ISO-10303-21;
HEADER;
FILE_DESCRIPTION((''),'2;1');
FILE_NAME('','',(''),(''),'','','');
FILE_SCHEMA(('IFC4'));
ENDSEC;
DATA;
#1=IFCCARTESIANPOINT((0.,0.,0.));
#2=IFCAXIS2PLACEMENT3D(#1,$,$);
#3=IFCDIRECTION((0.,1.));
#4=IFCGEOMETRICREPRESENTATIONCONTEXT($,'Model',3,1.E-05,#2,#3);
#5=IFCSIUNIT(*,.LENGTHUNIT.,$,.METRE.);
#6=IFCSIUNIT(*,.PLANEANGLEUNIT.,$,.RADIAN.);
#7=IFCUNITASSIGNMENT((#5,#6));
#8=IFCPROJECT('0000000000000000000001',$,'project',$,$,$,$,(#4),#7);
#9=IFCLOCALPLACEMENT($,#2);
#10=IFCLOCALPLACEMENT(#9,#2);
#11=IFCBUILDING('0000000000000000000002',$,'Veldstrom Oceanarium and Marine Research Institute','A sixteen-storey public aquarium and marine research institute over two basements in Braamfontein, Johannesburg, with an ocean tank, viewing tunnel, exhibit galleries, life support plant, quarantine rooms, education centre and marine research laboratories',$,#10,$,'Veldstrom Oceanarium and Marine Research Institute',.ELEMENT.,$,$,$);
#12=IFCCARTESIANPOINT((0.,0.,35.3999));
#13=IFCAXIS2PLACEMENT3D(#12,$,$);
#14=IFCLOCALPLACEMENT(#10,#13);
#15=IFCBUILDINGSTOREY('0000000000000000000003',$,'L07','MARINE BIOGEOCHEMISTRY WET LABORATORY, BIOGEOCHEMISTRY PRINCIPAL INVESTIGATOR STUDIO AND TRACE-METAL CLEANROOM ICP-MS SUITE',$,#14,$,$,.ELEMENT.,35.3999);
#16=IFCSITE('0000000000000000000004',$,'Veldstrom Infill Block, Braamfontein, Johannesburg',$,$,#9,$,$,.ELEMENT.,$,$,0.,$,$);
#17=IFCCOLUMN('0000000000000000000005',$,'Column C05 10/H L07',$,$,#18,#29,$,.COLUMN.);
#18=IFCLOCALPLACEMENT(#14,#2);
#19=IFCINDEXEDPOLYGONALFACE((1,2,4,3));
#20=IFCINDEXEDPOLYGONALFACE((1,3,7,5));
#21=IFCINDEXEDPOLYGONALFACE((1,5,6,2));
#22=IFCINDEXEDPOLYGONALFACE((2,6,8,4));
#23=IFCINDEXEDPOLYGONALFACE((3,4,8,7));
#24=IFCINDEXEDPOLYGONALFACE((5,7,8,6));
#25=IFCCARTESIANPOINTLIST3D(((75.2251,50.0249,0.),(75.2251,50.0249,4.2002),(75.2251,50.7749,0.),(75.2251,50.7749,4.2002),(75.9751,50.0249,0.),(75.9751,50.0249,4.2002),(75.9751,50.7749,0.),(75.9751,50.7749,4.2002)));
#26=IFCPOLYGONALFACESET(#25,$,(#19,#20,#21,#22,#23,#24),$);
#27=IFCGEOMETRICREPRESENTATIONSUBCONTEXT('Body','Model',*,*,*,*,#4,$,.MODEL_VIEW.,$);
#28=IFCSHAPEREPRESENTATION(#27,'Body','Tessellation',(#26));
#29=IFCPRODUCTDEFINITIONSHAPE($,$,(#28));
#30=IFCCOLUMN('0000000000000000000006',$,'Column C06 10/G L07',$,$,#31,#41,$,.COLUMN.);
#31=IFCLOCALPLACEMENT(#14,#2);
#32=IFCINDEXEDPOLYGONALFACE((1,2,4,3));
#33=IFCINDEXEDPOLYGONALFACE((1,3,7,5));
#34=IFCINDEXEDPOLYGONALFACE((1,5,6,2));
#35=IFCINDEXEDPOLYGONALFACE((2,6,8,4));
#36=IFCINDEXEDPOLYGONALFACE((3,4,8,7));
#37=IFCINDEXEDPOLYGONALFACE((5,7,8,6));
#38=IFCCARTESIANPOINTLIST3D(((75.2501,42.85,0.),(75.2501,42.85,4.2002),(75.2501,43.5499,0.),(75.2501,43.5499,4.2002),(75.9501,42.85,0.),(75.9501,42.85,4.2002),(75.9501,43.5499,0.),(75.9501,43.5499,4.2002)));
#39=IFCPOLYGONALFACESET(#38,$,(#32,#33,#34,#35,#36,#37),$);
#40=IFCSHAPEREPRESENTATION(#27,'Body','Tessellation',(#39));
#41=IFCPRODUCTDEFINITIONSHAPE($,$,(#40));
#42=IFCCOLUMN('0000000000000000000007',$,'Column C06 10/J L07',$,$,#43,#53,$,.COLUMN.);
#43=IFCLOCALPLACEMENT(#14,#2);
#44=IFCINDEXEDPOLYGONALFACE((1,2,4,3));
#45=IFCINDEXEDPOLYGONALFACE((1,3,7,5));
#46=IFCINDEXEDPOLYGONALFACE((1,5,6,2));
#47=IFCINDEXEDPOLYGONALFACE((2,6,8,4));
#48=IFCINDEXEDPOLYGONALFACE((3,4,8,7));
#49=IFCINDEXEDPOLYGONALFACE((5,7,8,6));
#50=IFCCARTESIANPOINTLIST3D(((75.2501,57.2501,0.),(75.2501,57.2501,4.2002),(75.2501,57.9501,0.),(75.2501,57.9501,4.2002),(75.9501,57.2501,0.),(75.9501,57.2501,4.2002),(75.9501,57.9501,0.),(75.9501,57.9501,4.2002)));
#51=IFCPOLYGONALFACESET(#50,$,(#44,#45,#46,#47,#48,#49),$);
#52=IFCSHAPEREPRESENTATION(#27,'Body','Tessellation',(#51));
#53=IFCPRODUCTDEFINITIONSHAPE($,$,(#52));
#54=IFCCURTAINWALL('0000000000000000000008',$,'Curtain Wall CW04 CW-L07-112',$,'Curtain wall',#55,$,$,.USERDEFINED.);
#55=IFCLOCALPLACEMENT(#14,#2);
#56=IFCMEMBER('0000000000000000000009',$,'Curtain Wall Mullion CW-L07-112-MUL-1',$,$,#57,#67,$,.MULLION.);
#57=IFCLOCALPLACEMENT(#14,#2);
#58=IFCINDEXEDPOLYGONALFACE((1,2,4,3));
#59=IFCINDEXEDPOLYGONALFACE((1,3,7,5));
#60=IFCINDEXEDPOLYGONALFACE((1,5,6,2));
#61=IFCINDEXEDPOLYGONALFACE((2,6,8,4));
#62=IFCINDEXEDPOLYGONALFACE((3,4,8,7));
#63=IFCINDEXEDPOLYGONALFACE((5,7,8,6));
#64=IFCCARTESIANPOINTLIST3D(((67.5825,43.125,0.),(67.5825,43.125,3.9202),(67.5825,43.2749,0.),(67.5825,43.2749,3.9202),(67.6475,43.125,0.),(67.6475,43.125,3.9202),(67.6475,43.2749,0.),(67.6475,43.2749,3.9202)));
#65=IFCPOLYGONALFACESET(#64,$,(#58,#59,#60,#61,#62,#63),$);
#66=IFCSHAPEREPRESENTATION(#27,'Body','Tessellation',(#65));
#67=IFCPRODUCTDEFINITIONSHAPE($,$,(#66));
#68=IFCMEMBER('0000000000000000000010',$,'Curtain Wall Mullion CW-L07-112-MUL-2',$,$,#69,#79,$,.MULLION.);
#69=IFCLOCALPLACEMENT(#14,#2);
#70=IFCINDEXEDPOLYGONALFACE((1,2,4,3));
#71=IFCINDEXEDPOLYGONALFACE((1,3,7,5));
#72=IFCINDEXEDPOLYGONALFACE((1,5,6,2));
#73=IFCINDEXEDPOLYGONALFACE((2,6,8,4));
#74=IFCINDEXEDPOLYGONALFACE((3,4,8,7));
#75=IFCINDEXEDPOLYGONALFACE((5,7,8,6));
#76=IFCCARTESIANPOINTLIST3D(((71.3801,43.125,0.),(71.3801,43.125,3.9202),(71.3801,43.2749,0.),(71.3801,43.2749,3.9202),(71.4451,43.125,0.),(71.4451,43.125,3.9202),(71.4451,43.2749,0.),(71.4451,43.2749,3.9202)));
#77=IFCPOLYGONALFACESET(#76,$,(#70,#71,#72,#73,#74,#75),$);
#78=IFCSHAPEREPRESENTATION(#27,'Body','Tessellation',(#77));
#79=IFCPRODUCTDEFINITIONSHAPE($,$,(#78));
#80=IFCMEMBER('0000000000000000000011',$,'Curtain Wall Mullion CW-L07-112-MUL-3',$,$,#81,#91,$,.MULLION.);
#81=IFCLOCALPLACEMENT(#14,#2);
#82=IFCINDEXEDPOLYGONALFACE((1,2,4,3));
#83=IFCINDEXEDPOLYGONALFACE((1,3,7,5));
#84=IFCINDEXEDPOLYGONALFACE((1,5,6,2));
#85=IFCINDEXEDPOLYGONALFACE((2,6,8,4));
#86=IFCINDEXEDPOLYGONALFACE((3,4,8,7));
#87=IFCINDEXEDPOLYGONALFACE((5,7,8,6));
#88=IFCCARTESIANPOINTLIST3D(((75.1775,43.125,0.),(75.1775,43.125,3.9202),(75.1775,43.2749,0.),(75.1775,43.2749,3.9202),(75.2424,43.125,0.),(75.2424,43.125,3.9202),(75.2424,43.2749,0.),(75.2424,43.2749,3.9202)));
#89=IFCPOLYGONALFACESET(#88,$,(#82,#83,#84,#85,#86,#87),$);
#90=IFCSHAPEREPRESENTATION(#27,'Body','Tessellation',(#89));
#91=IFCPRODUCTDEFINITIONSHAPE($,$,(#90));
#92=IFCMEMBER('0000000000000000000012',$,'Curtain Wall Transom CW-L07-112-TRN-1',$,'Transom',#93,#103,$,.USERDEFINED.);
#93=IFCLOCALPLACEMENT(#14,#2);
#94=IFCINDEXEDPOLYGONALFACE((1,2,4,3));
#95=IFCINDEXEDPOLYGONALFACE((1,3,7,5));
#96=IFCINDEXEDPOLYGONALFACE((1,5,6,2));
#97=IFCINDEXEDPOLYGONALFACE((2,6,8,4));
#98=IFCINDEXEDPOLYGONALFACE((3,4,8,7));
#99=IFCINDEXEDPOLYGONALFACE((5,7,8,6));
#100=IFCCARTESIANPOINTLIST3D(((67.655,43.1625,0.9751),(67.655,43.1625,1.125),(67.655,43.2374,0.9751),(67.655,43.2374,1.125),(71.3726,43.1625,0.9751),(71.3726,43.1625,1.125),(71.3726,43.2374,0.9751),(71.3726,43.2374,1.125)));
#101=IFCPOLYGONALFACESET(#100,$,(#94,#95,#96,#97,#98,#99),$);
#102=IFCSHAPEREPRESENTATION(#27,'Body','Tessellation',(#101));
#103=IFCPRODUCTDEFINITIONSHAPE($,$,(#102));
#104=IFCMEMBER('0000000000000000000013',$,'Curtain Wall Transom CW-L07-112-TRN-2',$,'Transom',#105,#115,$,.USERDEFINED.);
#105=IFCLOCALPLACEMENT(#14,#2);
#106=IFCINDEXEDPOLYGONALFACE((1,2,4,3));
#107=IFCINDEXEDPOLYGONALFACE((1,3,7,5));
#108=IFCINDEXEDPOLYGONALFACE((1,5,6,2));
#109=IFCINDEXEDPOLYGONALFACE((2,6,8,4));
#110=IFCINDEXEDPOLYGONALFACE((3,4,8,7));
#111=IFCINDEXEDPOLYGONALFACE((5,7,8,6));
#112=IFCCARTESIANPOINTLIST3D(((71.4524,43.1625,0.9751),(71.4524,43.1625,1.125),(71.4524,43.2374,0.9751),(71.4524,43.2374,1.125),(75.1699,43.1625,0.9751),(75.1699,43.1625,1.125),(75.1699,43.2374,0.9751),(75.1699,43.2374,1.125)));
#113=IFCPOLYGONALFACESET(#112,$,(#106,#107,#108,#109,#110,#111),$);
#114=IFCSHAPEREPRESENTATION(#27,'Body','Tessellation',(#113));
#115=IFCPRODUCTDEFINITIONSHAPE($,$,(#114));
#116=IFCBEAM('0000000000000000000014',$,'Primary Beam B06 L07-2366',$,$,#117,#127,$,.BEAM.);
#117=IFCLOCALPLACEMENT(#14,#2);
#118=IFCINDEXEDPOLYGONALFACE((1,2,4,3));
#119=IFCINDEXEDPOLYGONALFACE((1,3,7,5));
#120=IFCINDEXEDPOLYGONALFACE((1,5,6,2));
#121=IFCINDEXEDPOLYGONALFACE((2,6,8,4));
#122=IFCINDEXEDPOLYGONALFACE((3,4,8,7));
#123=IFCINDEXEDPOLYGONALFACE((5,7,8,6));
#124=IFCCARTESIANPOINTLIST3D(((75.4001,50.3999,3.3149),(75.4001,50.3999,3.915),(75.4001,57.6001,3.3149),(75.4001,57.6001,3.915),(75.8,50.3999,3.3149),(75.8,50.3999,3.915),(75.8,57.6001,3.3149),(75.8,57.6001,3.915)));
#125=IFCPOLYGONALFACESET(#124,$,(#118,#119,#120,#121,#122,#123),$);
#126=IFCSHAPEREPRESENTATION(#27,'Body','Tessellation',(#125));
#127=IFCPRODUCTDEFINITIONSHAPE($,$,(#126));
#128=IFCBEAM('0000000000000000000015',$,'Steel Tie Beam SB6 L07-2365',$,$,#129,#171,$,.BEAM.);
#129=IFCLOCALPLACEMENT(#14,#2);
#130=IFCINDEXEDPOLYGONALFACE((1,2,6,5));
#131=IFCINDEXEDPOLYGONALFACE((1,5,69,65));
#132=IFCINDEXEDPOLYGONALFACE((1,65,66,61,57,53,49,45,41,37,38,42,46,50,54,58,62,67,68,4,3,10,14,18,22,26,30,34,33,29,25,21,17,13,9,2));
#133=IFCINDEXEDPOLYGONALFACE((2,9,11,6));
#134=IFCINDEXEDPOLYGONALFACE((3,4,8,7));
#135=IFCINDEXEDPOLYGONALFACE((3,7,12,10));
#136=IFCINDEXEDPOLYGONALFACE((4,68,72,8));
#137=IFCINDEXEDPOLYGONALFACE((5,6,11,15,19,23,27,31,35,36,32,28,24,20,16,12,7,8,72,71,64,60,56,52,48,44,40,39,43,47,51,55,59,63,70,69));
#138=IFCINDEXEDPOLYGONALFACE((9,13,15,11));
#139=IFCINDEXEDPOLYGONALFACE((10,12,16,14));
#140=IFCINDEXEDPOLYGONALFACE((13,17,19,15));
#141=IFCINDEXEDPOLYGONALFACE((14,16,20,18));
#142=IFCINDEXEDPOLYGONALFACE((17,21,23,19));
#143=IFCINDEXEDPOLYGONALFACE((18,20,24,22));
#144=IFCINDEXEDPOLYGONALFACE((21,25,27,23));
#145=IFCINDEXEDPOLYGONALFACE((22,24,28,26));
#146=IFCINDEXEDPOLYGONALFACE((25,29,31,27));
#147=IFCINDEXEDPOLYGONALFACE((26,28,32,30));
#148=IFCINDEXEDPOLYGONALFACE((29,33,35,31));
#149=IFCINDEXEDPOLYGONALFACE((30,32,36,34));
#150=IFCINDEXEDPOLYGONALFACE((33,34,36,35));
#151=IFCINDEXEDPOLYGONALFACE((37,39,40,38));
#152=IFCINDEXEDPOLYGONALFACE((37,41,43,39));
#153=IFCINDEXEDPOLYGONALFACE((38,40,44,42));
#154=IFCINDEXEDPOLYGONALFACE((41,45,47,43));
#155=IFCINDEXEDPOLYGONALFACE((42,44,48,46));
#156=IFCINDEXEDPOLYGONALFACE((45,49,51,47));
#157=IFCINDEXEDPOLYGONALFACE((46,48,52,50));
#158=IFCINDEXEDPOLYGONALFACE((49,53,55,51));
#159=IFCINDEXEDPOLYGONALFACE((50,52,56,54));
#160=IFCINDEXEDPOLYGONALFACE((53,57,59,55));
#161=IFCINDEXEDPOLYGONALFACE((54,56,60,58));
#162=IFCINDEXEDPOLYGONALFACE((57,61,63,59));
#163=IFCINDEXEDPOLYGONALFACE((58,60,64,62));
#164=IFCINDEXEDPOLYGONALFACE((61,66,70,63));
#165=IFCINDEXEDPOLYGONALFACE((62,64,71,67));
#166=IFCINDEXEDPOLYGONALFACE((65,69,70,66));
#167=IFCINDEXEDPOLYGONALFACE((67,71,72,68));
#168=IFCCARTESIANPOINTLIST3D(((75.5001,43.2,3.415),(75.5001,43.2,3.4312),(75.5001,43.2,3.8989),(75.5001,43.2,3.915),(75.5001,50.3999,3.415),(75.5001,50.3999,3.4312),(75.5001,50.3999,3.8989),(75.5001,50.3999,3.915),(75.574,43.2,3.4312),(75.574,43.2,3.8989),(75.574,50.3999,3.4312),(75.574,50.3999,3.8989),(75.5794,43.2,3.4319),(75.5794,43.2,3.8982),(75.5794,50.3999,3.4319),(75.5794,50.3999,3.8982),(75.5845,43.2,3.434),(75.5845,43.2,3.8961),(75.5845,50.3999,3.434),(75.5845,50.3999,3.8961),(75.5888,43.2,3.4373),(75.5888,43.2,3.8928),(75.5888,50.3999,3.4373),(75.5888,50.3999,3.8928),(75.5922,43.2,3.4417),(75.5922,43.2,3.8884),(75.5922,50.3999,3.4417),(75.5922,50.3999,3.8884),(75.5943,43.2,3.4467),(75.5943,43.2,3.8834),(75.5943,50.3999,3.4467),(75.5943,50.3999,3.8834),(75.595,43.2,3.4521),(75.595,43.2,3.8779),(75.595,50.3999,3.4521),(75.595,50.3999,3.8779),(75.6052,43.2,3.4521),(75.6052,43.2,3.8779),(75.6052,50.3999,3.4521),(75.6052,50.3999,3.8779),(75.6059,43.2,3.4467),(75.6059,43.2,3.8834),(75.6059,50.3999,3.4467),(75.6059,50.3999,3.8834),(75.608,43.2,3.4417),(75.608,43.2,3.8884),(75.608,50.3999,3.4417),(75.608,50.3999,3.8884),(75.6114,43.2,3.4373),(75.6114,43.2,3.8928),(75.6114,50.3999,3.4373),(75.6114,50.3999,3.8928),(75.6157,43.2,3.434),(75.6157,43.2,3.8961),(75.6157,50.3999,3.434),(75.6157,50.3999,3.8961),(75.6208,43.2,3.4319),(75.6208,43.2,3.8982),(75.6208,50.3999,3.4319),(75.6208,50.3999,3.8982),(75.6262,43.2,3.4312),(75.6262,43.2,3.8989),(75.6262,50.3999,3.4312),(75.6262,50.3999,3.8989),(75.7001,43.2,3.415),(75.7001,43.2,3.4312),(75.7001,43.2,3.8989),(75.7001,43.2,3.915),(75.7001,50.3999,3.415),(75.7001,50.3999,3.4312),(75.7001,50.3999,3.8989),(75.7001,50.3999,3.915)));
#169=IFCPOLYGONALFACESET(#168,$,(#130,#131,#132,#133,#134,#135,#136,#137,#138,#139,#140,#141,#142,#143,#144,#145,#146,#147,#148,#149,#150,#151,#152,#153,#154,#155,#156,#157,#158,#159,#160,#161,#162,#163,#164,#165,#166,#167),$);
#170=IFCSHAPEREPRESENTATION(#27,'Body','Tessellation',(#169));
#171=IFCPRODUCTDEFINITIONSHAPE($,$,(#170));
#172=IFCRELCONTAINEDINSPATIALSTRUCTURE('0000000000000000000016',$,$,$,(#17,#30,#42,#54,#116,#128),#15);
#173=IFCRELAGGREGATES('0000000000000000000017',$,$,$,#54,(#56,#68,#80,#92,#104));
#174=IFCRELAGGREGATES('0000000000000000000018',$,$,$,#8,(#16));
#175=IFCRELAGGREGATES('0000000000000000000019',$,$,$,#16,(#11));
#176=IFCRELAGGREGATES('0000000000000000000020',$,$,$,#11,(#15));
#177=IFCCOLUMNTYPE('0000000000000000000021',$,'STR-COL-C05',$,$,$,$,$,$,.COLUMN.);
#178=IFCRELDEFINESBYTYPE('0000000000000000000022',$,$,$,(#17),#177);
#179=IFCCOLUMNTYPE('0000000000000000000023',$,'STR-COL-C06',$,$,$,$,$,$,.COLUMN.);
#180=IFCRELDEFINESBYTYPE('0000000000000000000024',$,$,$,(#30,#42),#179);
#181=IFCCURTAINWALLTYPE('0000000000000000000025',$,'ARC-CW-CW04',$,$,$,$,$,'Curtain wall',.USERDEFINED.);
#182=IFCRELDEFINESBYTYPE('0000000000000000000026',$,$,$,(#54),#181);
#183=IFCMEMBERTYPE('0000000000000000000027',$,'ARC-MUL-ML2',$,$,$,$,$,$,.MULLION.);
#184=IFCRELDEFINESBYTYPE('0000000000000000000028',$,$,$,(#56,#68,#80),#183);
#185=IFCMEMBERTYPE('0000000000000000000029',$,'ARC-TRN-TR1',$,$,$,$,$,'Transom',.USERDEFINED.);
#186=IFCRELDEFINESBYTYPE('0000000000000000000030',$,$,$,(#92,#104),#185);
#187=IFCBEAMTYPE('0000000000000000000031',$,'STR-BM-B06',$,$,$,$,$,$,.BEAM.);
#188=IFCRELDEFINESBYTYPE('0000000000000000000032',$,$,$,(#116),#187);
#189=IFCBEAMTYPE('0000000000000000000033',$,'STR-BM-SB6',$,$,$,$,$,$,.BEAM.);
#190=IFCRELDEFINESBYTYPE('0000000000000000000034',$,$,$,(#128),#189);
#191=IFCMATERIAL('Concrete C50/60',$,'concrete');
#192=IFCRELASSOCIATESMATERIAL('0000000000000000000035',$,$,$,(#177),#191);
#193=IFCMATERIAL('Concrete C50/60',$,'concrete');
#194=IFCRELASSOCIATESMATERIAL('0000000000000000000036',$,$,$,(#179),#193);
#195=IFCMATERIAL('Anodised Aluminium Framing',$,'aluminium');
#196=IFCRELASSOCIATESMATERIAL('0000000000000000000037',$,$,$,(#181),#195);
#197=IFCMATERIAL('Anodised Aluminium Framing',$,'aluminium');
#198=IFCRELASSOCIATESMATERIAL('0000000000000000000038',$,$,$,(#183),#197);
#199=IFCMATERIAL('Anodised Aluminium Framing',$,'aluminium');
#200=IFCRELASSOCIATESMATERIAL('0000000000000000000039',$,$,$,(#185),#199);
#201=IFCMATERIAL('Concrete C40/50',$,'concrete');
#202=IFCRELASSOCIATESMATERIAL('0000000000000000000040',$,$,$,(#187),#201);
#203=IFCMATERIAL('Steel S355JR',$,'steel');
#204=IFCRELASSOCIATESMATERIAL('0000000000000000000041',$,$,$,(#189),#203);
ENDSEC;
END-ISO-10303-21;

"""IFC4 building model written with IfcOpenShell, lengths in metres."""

from ifc_helpers import new_model, si_unit, direction, frame, origin, origin_2d, place, context, subcontext, project, spatial, rectangle, i_section, extrude, material, material_profile, profile_set, type_object, element, aggregate, save


model = new_model("IFC4")

# Units and contexts
model_context = context("Model", 3, precision=1e-05, world=origin(), true_north=direction((0.0, 1.0)))
body_context = subcontext(model_context, "Body", "Model", "MODEL_VIEW")
ifc_project = project(units=[si_unit("LENGTHUNIT", "METRE"), si_unit("PLANEANGLEUNIT", "RADIAN")], contexts=[model_context])

# Site, building, storey
site_placement = place(None, origin())
site = spatial("IfcSite", under=ifc_project, at=site_placement, Name="Veldstrom Infill Block, Braamfontein, Johannesburg", CompositionType="ELEMENT", RefElevation=0.0)
building_placement = place(site_placement, origin())
building = spatial("IfcBuilding", under=site, at=building_placement, Name="Veldstrom Oceanarium and Marine Research Institute", Description="A sixteen-storey public aquarium and marine research institute over two basements in Braamfontein, Johannesburg, with an ocean tank, viewing tunnel, exhibit galleries, life support plant, quarantine rooms, education centre and marine research laboratories", LongName="Veldstrom Oceanarium and Marine Research Institute", CompositionType="ELEMENT")
storey_placement = place(building_placement, frame((0.0, 0.0, 35.3999)))
storey = spatial("IfcBuildingStorey", under=building, at=storey_placement, Name="L07", Description="MARINE BIOGEOCHEMISTRY WET LABORATORY, BIOGEOCHEMISTRY PRINCIPAL INVESTIGATOR STUDIO AND TRACE-METAL CLEANROOM ICP-MS SUITE", CompositionType="ELEMENT", Elevation=35.3999)

# Columns
ifc_material_1 = material(Name="Concrete C50/60", Category="concrete")
ifc_material_profile_1 = material_profile(ifc_material_1, rectangle(XDim=0.75, YDim=0.75, at=origin_2d()), Name="RC-COL-750x750")
ifc_profile_set_1 = profile_set([ifc_material_profile_1], Name="Concrete C50/60")
column_type_1 = type_object("IfcColumnType", Name="STR-COL-C05", PredefinedType="COLUMN", material=ifc_profile_set_1)
column_placement = place(storey_placement, frame((75.6001, 50.3999, 0.0), z_axis=(0.0, 0.0, 1.0), x_axis=(1.0, 0.0, 0.0)))
element("IfcColumn", 1, at=column_placement, inside=storey, type_object=column_type_1, Name="Column C05 10/H L07", PredefinedType="COLUMN", context=body_context, shape_type="SweptSolid", body=[
    extrude(rectangle(XDim=0.75, YDim=0.75, at=origin_2d()), origin(), (0.0, 0.0, 1.0), 4.2002),
])
ifc_material_2 = material(Name="Concrete C50/60", Category="concrete")
ifc_material_profile_2 = material_profile(ifc_material_2, rectangle(XDim=0.7, YDim=0.7, at=origin_2d()), Name="RC-COL-700x700")
ifc_profile_set_2 = profile_set([ifc_material_profile_2], Name="Concrete C50/60")
column_type_2 = type_object("IfcColumnType", Name="STR-COL-C06", PredefinedType="COLUMN", material=ifc_profile_set_2)
for number, where, z_axis, x_axis, name in (
    (2, (75.6001, 43.2, 0.0), (0.0, 0.0, 1.0), (1.0, 0.0, 0.0), "Column C06 10/G L07"),
    (3, (75.6001, 57.6001, 0.0), (0.0, 0.0, 1.0), (1.0, 0.0, 0.0), "Column C06 10/J L07"),
):
    element("IfcColumn", number, at=place(storey_placement, frame(where, z_axis=z_axis, x_axis=x_axis)), inside=storey, type_object=column_type_2, Name=name, PredefinedType="COLUMN", context=body_context, shape_type="SweptSolid", body=[
        extrude(rectangle(XDim=0.7, YDim=0.7, at=origin_2d()), origin(), (0.0, 0.0, 1.0), 4.2002),
    ])

# Curtain wall, members
ifc_material_3 = material(Name="Anodised Aluminium Framing", Category="aluminium")
curtain_wall_type = type_object("IfcCurtainWallType", Name="ARC-CW-CW04", ElementType="Curtain wall", PredefinedType="USERDEFINED", material=ifc_material_3)
curtain_wall_placement = place(storey_placement, origin())
curtain_wall = element("IfcCurtainWall", 4, at=curtain_wall_placement, inside=storey, type_object=curtain_wall_type, Name="Curtain Wall CW04 CW-L07-112", ObjectType="Curtain wall", PredefinedType="USERDEFINED")
ifc_material_4 = material(Name="Anodised Aluminium Framing", Category="aluminium")
ifc_material_profile_3 = material_profile(ifc_material_4, rectangle(XDim=0.0649, YDim=0.1499, at=origin_2d()), Name="ALU-MUL-65x150")
ifc_profile_set_3 = profile_set([ifc_material_profile_3], Name="Anodised Aluminium Framing")
member_type_1 = type_object("IfcMemberType", Name="ARC-MUL-ML2", PredefinedType="MULLION", material=ifc_profile_set_3)
member_1_placement = place(storey_placement, frame((67.615, 43.2, 0.0), z_axis=(0.0, 0.0, 1.0), x_axis=(1.0, 0.0, 0.0)))
member_1 = element("IfcMember", 5, at=member_1_placement, type_object=member_type_1, Name="Curtain Wall Mullion CW-L07-112-MUL-1", PredefinedType="MULLION", context=body_context, shape_type="SweptSolid", body=[
    extrude(rectangle(XDim=0.0649, YDim=0.1499, at=origin_2d()), origin(), (0.0, 0.0, 1.0), 3.9202),
])
member_2_placement = place(storey_placement, frame((71.4126, 43.2, 0.0), z_axis=(0.0, 0.0, 1.0), x_axis=(1.0, 0.0, 0.0)))
member_2 = element("IfcMember", 6, at=member_2_placement, type_object=member_type_1, Name="Curtain Wall Mullion CW-L07-112-MUL-2", PredefinedType="MULLION", context=body_context, shape_type="SweptSolid", body=[
    extrude(rectangle(XDim=0.0649, YDim=0.1499, at=origin_2d()), origin(), (0.0, 0.0, 1.0), 3.9202),
])
member_3_placement = place(storey_placement, frame((75.21, 43.2, 0.0), z_axis=(0.0, 0.0, 1.0), x_axis=(1.0, 0.0, 0.0)))
member_3 = element("IfcMember", 7, at=member_3_placement, type_object=member_type_1, Name="Curtain Wall Mullion CW-L07-112-MUL-3", PredefinedType="MULLION", context=body_context, shape_type="SweptSolid", body=[
    extrude(rectangle(XDim=0.0649, YDim=0.1499, at=origin_2d()), origin(), (0.0, 0.0, 1.0), 3.9202),
])
ifc_material_5 = material(Name="Anodised Aluminium Framing", Category="aluminium")
ifc_material_profile_4 = material_profile(ifc_material_5, rectangle(XDim=0.075, YDim=0.1499, at=origin_2d()), Name="ALU-TRN-75x150")
ifc_profile_set_4 = profile_set([ifc_material_profile_4], Name="Anodised Aluminium Framing")
member_type_2 = type_object("IfcMemberType", Name="ARC-TRN-TR1", ElementType="Transom", PredefinedType="USERDEFINED", material=ifc_profile_set_4)
member_4_placement = place(storey_placement, frame((67.655, 43.2, 1.05), z_axis=(1.0, 0.0, 0.0), x_axis=(0.0, 1.0, 0.0)))
member_4 = element("IfcMember", 8, at=member_4_placement, type_object=member_type_2, Name="Curtain Wall Transom CW-L07-112-TRN-1", ObjectType="Transom", PredefinedType="USERDEFINED", context=body_context, shape_type="SweptSolid", body=[
    extrude(rectangle(XDim=0.075, YDim=0.1499, at=origin_2d()), origin(), (0.0, 0.0, 1.0), 3.7175),
])
member_5_placement = place(storey_placement, frame((71.4524, 43.2, 1.05), z_axis=(1.0, 0.0, 0.0), x_axis=(0.0, 1.0, 0.0)))
member_5 = element("IfcMember", 9, at=member_5_placement, type_object=member_type_2, Name="Curtain Wall Transom CW-L07-112-TRN-2", ObjectType="Transom", PredefinedType="USERDEFINED", context=body_context, shape_type="SweptSolid", body=[
    extrude(rectangle(XDim=0.075, YDim=0.1499, at=origin_2d()), origin(), (0.0, 0.0, 1.0), 3.7175),
])

# Beams
ifc_material_6 = material(Name="Concrete C40/50", Category="concrete")
ifc_material_profile_5 = material_profile(ifc_material_6, rectangle(XDim=0.3999, YDim=0.6001, at=origin_2d()), Name="RC-BM-400x600")
ifc_profile_set_5 = profile_set([ifc_material_profile_5], Name="Concrete C40/50")
beam_type_1 = type_object("IfcBeamType", Name="STR-BM-B06", PredefinedType="BEAM", material=ifc_profile_set_5)
beam_1_placement = place(storey_placement, frame((75.6001, 50.3999, 3.615), z_axis=(0.0, 1.0, 0.0), x_axis=(-1.0, 0.0, 0.0)))
element("IfcBeam", 10, at=beam_1_placement, inside=storey, type_object=beam_type_1, Name="Primary Beam B06 L07-2366", PredefinedType="BEAM", context=body_context, shape_type="SweptSolid", body=[
    extrude(rectangle(XDim=0.3999, YDim=0.6001, at=origin_2d()), origin(), (0.0, 0.0, 1.0), 7.2002),
])
ifc_material_7 = material(Name="Steel S355JR", Category="steel")
ifc_material_profile_6 = material_profile(ifc_material_7, i_section(OverallWidth=0.2, OverallDepth=0.5, WebThickness=0.0103, FlangeThickness=0.0161, FilletRadius=0.021, at=origin_2d()), Name="IPE 500")
ifc_profile_set_6 = profile_set([ifc_material_profile_6], Name="Steel S355JR")
beam_type_2 = type_object("IfcBeamType", Name="STR-BM-SB6", PredefinedType="BEAM", material=ifc_profile_set_6)
beam_2_placement = place(storey_placement, frame((75.6001, 43.2, 3.665), z_axis=(0.0, 1.0, 0.0), x_axis=(-1.0, 0.0, 0.0)))
element("IfcBeam", 11, at=beam_2_placement, inside=storey, type_object=beam_type_2, Name="Steel Tie Beam SB6 L07-2365", PredefinedType="BEAM", context=body_context, shape_type="SweptSolid", body=[
    extrude(i_section(OverallWidth=0.2, OverallDepth=0.5, WebThickness=0.0103, FlangeThickness=0.0161, FilletRadius=0.021, at=origin_2d()), origin(), (0.0, 0.0, 1.0), 7.2),
])

aggregate(curtain_wall, [member_1, member_2, member_3, member_4, member_5])

save(model, "model.ifc")
